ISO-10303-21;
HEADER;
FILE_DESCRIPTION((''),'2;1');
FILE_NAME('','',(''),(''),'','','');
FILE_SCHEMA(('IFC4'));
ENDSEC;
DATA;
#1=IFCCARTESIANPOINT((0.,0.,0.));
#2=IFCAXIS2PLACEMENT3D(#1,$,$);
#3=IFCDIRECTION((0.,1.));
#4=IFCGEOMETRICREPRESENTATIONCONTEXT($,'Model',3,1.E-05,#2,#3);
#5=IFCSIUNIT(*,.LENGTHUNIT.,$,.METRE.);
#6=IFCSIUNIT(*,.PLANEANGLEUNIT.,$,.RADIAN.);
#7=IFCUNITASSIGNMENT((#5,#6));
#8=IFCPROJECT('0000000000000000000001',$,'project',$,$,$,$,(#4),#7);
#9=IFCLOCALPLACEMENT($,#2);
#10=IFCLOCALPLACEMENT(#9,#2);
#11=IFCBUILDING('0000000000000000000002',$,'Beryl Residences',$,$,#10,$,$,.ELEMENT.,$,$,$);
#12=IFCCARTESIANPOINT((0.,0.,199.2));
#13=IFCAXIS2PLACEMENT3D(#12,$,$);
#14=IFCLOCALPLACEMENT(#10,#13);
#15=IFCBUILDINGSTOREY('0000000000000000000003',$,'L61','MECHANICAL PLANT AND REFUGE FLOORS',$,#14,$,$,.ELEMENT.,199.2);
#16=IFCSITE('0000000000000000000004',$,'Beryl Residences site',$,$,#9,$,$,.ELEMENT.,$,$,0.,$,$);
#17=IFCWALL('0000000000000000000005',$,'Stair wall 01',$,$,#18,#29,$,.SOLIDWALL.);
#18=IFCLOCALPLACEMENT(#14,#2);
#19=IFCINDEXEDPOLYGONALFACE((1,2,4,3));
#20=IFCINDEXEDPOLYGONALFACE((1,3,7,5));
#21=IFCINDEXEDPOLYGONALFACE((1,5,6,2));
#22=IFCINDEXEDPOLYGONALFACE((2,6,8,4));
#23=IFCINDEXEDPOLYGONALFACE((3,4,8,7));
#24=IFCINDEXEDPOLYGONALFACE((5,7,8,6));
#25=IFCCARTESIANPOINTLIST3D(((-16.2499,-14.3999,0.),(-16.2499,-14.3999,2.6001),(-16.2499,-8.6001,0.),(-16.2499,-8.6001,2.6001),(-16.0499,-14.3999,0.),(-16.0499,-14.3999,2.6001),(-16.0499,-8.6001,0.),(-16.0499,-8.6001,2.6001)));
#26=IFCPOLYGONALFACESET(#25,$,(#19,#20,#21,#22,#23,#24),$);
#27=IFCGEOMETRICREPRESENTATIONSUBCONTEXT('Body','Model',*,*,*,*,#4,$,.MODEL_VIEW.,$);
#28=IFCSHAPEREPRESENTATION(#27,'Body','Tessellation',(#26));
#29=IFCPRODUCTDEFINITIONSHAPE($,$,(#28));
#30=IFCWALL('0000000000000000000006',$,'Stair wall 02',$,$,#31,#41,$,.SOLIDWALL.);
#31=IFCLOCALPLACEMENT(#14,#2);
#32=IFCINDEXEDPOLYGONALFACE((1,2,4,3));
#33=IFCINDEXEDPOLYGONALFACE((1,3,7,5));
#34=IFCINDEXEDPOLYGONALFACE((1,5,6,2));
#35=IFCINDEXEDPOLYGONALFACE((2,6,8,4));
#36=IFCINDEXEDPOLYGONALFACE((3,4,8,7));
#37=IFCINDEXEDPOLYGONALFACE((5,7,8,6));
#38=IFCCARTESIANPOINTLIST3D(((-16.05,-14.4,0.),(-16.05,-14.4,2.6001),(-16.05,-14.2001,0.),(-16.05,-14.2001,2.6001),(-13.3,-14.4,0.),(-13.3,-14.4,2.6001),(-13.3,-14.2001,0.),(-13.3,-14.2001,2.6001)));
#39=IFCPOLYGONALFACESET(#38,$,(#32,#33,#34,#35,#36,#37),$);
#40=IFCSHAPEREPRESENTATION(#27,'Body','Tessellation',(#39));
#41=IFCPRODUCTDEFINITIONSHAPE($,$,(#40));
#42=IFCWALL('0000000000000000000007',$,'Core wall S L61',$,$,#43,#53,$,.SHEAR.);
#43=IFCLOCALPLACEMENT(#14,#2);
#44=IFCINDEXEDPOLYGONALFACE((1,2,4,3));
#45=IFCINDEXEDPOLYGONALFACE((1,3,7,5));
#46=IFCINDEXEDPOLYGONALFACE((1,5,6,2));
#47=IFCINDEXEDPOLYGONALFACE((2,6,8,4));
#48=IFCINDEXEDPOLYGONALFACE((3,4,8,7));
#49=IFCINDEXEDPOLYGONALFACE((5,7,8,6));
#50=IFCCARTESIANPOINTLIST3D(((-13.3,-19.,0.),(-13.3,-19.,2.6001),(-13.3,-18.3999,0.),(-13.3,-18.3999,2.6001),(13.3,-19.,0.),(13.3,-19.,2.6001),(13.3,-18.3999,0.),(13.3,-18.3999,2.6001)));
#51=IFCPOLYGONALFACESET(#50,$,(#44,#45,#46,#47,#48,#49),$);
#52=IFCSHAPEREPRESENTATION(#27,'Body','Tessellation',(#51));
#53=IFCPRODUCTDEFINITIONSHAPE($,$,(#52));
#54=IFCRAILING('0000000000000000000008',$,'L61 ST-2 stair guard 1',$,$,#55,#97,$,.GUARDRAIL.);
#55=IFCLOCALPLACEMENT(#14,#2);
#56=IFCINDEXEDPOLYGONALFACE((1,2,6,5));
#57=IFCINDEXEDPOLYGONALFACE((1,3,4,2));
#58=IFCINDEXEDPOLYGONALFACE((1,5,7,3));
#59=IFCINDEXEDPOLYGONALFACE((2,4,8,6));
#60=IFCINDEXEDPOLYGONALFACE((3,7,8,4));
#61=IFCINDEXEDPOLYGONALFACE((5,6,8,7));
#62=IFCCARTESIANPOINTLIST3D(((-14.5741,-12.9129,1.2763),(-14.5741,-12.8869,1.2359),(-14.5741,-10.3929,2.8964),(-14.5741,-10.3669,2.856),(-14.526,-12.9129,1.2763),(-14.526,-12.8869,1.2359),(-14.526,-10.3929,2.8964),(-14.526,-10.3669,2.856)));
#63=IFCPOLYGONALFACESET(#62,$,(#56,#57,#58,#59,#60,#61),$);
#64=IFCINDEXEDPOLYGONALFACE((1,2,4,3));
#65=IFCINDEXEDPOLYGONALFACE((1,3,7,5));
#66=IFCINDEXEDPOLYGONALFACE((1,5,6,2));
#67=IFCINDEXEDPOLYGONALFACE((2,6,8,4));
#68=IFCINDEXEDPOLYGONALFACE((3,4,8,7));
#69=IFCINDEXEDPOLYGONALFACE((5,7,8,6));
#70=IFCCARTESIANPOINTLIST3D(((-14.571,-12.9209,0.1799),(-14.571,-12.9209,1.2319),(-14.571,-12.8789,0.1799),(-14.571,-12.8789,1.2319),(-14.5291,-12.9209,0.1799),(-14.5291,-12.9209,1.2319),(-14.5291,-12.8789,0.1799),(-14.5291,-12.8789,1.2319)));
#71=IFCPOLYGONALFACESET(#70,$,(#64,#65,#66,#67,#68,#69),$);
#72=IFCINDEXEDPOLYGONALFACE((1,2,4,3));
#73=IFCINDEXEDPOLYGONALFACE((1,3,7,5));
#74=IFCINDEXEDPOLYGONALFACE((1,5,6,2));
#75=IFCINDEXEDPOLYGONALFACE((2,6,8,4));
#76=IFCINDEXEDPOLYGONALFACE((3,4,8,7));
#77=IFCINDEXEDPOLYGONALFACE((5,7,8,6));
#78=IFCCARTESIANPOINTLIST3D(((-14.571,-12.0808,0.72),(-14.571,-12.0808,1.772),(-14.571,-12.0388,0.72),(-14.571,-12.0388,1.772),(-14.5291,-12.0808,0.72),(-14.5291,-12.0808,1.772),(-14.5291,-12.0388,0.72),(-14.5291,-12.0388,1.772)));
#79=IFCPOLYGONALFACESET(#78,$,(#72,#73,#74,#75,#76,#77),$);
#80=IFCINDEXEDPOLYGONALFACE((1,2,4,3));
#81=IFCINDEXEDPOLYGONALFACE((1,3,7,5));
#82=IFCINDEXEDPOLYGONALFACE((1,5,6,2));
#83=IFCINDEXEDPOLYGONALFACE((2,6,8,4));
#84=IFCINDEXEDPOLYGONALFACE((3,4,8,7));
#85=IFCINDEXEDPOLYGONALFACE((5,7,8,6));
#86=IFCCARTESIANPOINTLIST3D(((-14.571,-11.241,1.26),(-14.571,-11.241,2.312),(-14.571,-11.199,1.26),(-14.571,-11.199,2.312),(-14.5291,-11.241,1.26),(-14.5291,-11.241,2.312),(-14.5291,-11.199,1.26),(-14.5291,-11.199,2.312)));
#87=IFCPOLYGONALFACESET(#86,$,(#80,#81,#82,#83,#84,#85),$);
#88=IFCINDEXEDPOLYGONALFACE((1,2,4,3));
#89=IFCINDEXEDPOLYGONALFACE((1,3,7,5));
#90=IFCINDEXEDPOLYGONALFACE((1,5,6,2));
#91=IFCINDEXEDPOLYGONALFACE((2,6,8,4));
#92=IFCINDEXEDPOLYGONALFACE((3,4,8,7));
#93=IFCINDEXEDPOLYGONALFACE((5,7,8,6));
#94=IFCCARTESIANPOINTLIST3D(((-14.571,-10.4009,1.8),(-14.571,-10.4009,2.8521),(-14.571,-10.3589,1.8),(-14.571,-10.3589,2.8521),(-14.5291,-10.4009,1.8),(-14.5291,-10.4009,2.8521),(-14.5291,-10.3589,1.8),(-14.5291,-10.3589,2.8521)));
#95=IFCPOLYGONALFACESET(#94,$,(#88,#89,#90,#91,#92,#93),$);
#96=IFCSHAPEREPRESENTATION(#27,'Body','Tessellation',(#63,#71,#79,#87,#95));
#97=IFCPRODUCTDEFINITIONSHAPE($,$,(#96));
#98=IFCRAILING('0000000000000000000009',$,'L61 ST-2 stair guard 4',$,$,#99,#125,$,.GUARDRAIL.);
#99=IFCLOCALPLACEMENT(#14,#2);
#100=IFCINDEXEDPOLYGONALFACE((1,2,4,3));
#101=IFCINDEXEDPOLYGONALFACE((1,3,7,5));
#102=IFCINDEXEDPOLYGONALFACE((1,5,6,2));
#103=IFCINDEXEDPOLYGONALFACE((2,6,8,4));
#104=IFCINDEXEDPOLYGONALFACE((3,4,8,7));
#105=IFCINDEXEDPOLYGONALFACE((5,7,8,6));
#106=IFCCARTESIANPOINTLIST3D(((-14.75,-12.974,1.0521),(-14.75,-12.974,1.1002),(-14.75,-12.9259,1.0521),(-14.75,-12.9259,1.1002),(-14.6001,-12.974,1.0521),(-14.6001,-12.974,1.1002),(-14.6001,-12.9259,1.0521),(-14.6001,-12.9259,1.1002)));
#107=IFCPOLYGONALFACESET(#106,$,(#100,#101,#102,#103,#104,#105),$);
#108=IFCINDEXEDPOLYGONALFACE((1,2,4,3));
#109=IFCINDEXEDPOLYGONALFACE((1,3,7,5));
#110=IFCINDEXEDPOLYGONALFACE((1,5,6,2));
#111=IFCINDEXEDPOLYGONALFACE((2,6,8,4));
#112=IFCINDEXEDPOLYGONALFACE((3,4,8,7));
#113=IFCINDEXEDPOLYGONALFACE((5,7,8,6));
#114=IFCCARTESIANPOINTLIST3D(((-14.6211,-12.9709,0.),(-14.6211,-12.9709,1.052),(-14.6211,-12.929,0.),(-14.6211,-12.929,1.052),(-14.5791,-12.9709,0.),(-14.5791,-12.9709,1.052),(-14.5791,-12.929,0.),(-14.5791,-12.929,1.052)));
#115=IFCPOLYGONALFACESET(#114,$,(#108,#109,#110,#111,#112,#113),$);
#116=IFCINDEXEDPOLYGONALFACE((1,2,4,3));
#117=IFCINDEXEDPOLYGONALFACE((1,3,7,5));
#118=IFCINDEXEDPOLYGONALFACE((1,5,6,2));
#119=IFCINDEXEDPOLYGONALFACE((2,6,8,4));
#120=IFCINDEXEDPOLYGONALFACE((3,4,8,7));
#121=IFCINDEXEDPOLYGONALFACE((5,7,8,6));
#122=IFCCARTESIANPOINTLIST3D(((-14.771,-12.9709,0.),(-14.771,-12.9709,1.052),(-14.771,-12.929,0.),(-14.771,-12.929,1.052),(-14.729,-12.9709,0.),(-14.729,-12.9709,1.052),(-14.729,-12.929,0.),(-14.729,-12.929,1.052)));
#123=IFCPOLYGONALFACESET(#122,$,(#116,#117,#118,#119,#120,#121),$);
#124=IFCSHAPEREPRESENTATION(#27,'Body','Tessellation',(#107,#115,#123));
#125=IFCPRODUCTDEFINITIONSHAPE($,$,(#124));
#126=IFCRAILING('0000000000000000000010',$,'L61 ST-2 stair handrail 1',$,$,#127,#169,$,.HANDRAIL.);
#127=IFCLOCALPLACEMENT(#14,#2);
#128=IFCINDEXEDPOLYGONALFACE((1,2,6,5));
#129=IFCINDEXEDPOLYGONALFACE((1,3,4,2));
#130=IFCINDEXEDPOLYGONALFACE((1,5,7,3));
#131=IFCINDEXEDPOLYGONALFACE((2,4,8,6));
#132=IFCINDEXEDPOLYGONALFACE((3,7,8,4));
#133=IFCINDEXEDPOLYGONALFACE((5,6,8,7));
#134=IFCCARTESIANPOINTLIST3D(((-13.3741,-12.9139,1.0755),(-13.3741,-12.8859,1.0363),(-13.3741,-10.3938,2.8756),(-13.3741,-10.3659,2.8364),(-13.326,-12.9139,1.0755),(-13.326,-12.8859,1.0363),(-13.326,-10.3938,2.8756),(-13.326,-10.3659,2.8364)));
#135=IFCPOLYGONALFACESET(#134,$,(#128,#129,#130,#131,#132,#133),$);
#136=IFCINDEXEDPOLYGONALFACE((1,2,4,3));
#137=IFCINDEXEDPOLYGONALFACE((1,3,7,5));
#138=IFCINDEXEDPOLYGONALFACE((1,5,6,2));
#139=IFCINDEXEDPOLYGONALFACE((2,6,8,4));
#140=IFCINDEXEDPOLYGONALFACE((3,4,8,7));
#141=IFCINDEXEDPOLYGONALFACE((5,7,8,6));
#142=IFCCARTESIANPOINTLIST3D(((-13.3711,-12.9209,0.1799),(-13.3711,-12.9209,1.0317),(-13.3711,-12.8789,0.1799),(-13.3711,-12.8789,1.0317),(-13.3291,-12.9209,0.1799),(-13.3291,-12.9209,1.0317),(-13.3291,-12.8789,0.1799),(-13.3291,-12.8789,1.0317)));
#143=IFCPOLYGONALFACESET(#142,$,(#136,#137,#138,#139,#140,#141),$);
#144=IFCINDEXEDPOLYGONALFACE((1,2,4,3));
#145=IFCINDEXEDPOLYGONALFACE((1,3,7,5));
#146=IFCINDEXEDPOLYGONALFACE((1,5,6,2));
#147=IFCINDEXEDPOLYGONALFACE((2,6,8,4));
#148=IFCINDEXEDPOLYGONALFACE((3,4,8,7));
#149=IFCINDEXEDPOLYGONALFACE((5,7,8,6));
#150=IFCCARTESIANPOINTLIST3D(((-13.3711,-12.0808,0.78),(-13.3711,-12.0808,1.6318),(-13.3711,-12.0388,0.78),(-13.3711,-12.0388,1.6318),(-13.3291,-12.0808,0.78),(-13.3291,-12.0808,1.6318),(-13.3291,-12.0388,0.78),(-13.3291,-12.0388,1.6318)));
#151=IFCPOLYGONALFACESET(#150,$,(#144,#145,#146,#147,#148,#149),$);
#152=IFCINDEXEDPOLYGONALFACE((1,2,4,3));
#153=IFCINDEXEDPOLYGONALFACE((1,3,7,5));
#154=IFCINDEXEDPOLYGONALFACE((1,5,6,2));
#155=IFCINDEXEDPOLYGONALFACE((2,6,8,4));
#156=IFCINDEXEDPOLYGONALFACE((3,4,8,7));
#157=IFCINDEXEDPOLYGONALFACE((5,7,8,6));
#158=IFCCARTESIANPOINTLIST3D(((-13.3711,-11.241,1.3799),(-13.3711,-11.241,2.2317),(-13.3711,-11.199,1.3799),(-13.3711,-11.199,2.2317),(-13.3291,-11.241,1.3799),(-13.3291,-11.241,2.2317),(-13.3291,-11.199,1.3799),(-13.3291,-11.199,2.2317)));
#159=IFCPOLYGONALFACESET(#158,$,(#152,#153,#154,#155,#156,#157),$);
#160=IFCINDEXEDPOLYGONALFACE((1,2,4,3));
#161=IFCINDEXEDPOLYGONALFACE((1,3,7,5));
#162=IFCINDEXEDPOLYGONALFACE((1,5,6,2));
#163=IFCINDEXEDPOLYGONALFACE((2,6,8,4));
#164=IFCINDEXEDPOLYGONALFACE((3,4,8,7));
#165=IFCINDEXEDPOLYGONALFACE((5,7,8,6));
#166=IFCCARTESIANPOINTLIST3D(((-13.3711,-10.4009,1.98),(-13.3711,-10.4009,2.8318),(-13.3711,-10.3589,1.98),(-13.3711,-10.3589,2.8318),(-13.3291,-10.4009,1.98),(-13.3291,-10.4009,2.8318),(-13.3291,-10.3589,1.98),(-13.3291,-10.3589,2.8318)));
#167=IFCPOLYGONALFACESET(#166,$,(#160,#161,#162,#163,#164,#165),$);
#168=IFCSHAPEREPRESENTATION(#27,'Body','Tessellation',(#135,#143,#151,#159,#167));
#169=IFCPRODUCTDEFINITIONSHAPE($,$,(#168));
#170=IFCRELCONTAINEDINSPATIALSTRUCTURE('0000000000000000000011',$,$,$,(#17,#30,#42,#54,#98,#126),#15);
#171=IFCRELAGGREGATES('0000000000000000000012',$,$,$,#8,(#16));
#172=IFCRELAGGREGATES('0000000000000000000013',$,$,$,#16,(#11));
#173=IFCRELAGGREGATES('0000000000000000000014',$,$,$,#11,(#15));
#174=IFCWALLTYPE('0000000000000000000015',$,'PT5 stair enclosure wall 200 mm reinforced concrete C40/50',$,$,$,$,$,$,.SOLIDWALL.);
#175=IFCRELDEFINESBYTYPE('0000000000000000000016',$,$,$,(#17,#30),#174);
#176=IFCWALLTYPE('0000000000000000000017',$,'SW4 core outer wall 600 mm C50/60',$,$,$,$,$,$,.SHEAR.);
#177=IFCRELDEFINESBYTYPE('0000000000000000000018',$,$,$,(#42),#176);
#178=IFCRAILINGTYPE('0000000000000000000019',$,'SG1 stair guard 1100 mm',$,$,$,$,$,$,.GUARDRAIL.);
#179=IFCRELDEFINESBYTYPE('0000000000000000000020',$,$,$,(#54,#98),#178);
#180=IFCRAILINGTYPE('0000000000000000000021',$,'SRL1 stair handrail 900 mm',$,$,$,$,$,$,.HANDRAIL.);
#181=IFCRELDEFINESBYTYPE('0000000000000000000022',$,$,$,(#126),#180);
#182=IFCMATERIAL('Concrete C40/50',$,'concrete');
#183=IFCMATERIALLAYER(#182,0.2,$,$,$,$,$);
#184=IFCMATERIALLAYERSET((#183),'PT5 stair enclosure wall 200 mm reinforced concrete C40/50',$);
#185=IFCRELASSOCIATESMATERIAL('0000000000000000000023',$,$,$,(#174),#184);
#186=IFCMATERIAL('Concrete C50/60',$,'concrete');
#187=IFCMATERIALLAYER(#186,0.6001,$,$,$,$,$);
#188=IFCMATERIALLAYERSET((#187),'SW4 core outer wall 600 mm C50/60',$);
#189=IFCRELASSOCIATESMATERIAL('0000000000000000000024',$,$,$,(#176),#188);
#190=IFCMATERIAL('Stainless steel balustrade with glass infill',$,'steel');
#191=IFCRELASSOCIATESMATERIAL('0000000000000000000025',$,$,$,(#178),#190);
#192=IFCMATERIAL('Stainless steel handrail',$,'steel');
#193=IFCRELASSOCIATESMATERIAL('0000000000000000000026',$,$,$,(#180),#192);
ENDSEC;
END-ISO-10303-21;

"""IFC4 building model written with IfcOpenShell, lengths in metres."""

from ifc_helpers import new_model, si_unit, direction, frame, frame_2d, origin, origin_2d, place, context, subcontext, project, spatial, rectangle, extrude, material, layer, layer_set, type_object, element, save


model = new_model("IFC4")

# Units and contexts
model_context = context("Model", 3, precision=1e-05, world=origin(), true_north=direction((0.0, 1.0)))
body_context = subcontext(model_context, "Body", "Model", "MODEL_VIEW")
ifc_project = project(units=[si_unit("LENGTHUNIT", "METRE"), si_unit("PLANEANGLEUNIT", "RADIAN")], contexts=[model_context])

# Site, building, storey
site_placement = place(None, origin())
site = spatial("IfcSite", under=ifc_project, at=site_placement, Name="Beryl Residences site", CompositionType="ELEMENT", RefElevation=0.0)
building_placement = place(site_placement, origin())
building = spatial("IfcBuilding", under=site, at=building_placement, Name="Beryl Residences", CompositionType="ELEMENT")
storey_placement = place(building_placement, frame((0.0, 0.0, 199.2)))
storey = spatial("IfcBuildingStorey", under=building, at=storey_placement, Name="L61", Description="MECHANICAL PLANT AND REFUGE FLOORS", CompositionType="ELEMENT", Elevation=199.2)

# Walls
ifc_material_1 = material(Name="Concrete C40/50", Category="concrete")
ifc_layer_1 = layer(ifc_material_1, 0.2)
ifc_layer_set_1 = layer_set([ifc_layer_1], Name="PT5 stair enclosure wall 200 mm reinforced concrete C40/50")
wall_type_1 = type_object("IfcWallType", Name="PT5 stair enclosure wall 200 mm reinforced concrete C40/50", PredefinedType="SOLIDWALL", material=ifc_layer_set_1)
wall_1_placement = place(storey_placement, frame((-16.1499, -14.3999, 0.0), z_axis=(0.0, 0.0, 1.0), x_axis=(0.0, 1.0, 0.0)))
element("IfcWall", 1, at=wall_1_placement, inside=storey, type_object=wall_type_1, Name="Stair wall 01", PredefinedType="SOLIDWALL", context=body_context, shape_type="SweptSolid", body=[
    extrude(rectangle(XDim=5.7998, YDim=0.2, at=frame_2d((2.8999, 0.0))), origin(), (0.0, 0.0, 1.0), 2.6001),
])
wall_2_placement = place(storey_placement, frame((-16.05, -14.3, 0.0), z_axis=(0.0, 0.0, 1.0), x_axis=(1.0, 0.0, 0.0)))
element("IfcWall", 2, at=wall_2_placement, inside=storey, type_object=wall_type_1, Name="Stair wall 02", PredefinedType="SOLIDWALL", context=body_context, shape_type="SweptSolid", body=[
    extrude(rectangle(XDim=2.75, YDim=0.2, at=frame_2d((1.375, 0.0))), origin(), (0.0, 0.0, 1.0), 2.6001),
])
ifc_material_2 = material(Name="Concrete C50/60", Category="concrete")
ifc_layer_2 = layer(ifc_material_2, 0.6001)
ifc_layer_set_2 = layer_set([ifc_layer_2], Name="SW4 core outer wall 600 mm C50/60")
wall_type_2 = type_object("IfcWallType", Name="SW4 core outer wall 600 mm C50/60", PredefinedType="SHEAR", material=ifc_layer_set_2)
wall_3_placement = place(storey_placement, frame((-13.3, -18.7, 0.0), z_axis=(0.0, 0.0, 1.0), x_axis=(1.0, 0.0, 0.0)))
element("IfcWall", 3, at=wall_3_placement, inside=storey, type_object=wall_type_2, Name="Core wall S L61", PredefinedType="SHEAR", context=body_context, shape_type="SweptSolid", body=[
    extrude(rectangle(XDim=26.6001, YDim=0.6001, at=frame_2d((13.3, 0.0))), origin(), (0.0, 0.0, 1.0), 2.6001),
])

# Railings
ifc_material_3 = material(Name="Stainless steel balustrade with glass infill", Category="steel")
railing_type_1 = type_object("IfcRailingType", Name="SG1 stair guard 1100 mm", PredefinedType="GUARDRAIL", material=ifc_material_3)
railing_1_placement = place(storey_placement, frame((-14.55, -12.8999, 0.1799)))
element("IfcRailing", 4, at=railing_1_placement, inside=storey, type_object=railing_type_1, Name="L61 ST-2 stair guard 1", PredefinedType="GUARDRAIL", context=body_context, shape_type="SweptSolid", body=[
    extrude(rectangle(XDim=0.0481, YDim=0.0481, at=origin_2d()), frame((0.0, 0.0, 1.0762), z_axis=(0.0, 0.841163, 0.540782), x_axis=(-1.0, 0.0, 0.0)), (0.0, 0.0, 1.0), 2.9958),
    extrude(rectangle(XDim=0.042, YDim=0.042, at=origin_2d()), origin(), (0.0, 0.0, 1.0), 1.052),
    extrude(rectangle(XDim=0.042, YDim=0.042, at=origin_2d()), frame((0.0, 0.8401, 0.54)), (0.0, 0.0, 1.0), 1.052),
    extrude(rectangle(XDim=0.042, YDim=0.042, at=origin_2d()), frame((0.0, 1.6799, 1.0801)), (0.0, 0.0, 1.0), 1.052),
    extrude(rectangle(XDim=0.042, YDim=0.042, at=origin_2d()), frame((0.0, 2.52, 1.6201)), (0.0, 0.0, 1.0), 1.052),
])
railing_2_placement = place(storey_placement, frame((-14.6001, -12.95, 0.0)))
element("IfcRailing", 5, at=railing_2_placement, inside=storey, type_object=railing_type_1, Name="L61 ST-2 stair guard 4", PredefinedType="GUARDRAIL", context=body_context, shape_type="SweptSolid", body=[
    extrude(rectangle(XDim=0.0481, YDim=0.0481, at=origin_2d()), frame((0.0, 0.0, 1.0762), z_axis=(-1.0, 0.0, 0.0), x_axis=(0.0, -1.0, 0.0)), (0.0, 0.0, 1.0), 0.1499),
    extrude(rectangle(XDim=0.042, YDim=0.042, at=origin_2d()), origin(), (0.0, 0.0, 1.0), 1.052),
    extrude(rectangle(XDim=0.042, YDim=0.042, at=origin_2d()), frame((-0.1499, 0.0, 0.0)), (0.0, 0.0, 1.0), 1.052),
])
ifc_material_4 = material(Name="Stainless steel handrail", Category="steel")
railing_type_2 = type_object("IfcRailingType", Name="SRL1 stair handrail 900 mm", PredefinedType="HANDRAIL", material=ifc_material_4)
railing_3_placement = place(storey_placement, frame((-13.3501, -12.8999, 0.1799)))
element("IfcRailing", 6, at=railing_3_placement, inside=storey, type_object=railing_type_2, Name="L61 ST-2 stair handrail 1", PredefinedType="HANDRAIL", context=body_context, shape_type="SweptSolid", body=[
    extrude(rectangle(XDim=0.0481, YDim=0.0481, at=origin_2d()), frame((0.0, 0.0, 0.876), z_axis=(0.0, 0.813728, 0.581246), x_axis=(-1.0, 0.0, 0.0)), (0.0, 0.0, 1.0), 3.0969),
    extrude(rectangle(XDim=0.042, YDim=0.042, at=origin_2d()), origin(), (0.0, 0.0, 1.0), 0.8518),
    extrude(rectangle(XDim=0.042, YDim=0.042, at=origin_2d()), frame((0.0, 0.8401, 0.6001)), (0.0, 0.0, 1.0), 0.8518),
    extrude(rectangle(XDim=0.042, YDim=0.042, at=origin_2d()), frame((0.0, 1.6799, 1.2)), (0.0, 0.0, 1.0), 0.8518),
    extrude(rectangle(XDim=0.042, YDim=0.042, at=origin_2d()), frame((0.0, 2.52, 1.8)), (0.0, 0.0, 1.0), 0.8518),
])

save(model, "model.ifc")
